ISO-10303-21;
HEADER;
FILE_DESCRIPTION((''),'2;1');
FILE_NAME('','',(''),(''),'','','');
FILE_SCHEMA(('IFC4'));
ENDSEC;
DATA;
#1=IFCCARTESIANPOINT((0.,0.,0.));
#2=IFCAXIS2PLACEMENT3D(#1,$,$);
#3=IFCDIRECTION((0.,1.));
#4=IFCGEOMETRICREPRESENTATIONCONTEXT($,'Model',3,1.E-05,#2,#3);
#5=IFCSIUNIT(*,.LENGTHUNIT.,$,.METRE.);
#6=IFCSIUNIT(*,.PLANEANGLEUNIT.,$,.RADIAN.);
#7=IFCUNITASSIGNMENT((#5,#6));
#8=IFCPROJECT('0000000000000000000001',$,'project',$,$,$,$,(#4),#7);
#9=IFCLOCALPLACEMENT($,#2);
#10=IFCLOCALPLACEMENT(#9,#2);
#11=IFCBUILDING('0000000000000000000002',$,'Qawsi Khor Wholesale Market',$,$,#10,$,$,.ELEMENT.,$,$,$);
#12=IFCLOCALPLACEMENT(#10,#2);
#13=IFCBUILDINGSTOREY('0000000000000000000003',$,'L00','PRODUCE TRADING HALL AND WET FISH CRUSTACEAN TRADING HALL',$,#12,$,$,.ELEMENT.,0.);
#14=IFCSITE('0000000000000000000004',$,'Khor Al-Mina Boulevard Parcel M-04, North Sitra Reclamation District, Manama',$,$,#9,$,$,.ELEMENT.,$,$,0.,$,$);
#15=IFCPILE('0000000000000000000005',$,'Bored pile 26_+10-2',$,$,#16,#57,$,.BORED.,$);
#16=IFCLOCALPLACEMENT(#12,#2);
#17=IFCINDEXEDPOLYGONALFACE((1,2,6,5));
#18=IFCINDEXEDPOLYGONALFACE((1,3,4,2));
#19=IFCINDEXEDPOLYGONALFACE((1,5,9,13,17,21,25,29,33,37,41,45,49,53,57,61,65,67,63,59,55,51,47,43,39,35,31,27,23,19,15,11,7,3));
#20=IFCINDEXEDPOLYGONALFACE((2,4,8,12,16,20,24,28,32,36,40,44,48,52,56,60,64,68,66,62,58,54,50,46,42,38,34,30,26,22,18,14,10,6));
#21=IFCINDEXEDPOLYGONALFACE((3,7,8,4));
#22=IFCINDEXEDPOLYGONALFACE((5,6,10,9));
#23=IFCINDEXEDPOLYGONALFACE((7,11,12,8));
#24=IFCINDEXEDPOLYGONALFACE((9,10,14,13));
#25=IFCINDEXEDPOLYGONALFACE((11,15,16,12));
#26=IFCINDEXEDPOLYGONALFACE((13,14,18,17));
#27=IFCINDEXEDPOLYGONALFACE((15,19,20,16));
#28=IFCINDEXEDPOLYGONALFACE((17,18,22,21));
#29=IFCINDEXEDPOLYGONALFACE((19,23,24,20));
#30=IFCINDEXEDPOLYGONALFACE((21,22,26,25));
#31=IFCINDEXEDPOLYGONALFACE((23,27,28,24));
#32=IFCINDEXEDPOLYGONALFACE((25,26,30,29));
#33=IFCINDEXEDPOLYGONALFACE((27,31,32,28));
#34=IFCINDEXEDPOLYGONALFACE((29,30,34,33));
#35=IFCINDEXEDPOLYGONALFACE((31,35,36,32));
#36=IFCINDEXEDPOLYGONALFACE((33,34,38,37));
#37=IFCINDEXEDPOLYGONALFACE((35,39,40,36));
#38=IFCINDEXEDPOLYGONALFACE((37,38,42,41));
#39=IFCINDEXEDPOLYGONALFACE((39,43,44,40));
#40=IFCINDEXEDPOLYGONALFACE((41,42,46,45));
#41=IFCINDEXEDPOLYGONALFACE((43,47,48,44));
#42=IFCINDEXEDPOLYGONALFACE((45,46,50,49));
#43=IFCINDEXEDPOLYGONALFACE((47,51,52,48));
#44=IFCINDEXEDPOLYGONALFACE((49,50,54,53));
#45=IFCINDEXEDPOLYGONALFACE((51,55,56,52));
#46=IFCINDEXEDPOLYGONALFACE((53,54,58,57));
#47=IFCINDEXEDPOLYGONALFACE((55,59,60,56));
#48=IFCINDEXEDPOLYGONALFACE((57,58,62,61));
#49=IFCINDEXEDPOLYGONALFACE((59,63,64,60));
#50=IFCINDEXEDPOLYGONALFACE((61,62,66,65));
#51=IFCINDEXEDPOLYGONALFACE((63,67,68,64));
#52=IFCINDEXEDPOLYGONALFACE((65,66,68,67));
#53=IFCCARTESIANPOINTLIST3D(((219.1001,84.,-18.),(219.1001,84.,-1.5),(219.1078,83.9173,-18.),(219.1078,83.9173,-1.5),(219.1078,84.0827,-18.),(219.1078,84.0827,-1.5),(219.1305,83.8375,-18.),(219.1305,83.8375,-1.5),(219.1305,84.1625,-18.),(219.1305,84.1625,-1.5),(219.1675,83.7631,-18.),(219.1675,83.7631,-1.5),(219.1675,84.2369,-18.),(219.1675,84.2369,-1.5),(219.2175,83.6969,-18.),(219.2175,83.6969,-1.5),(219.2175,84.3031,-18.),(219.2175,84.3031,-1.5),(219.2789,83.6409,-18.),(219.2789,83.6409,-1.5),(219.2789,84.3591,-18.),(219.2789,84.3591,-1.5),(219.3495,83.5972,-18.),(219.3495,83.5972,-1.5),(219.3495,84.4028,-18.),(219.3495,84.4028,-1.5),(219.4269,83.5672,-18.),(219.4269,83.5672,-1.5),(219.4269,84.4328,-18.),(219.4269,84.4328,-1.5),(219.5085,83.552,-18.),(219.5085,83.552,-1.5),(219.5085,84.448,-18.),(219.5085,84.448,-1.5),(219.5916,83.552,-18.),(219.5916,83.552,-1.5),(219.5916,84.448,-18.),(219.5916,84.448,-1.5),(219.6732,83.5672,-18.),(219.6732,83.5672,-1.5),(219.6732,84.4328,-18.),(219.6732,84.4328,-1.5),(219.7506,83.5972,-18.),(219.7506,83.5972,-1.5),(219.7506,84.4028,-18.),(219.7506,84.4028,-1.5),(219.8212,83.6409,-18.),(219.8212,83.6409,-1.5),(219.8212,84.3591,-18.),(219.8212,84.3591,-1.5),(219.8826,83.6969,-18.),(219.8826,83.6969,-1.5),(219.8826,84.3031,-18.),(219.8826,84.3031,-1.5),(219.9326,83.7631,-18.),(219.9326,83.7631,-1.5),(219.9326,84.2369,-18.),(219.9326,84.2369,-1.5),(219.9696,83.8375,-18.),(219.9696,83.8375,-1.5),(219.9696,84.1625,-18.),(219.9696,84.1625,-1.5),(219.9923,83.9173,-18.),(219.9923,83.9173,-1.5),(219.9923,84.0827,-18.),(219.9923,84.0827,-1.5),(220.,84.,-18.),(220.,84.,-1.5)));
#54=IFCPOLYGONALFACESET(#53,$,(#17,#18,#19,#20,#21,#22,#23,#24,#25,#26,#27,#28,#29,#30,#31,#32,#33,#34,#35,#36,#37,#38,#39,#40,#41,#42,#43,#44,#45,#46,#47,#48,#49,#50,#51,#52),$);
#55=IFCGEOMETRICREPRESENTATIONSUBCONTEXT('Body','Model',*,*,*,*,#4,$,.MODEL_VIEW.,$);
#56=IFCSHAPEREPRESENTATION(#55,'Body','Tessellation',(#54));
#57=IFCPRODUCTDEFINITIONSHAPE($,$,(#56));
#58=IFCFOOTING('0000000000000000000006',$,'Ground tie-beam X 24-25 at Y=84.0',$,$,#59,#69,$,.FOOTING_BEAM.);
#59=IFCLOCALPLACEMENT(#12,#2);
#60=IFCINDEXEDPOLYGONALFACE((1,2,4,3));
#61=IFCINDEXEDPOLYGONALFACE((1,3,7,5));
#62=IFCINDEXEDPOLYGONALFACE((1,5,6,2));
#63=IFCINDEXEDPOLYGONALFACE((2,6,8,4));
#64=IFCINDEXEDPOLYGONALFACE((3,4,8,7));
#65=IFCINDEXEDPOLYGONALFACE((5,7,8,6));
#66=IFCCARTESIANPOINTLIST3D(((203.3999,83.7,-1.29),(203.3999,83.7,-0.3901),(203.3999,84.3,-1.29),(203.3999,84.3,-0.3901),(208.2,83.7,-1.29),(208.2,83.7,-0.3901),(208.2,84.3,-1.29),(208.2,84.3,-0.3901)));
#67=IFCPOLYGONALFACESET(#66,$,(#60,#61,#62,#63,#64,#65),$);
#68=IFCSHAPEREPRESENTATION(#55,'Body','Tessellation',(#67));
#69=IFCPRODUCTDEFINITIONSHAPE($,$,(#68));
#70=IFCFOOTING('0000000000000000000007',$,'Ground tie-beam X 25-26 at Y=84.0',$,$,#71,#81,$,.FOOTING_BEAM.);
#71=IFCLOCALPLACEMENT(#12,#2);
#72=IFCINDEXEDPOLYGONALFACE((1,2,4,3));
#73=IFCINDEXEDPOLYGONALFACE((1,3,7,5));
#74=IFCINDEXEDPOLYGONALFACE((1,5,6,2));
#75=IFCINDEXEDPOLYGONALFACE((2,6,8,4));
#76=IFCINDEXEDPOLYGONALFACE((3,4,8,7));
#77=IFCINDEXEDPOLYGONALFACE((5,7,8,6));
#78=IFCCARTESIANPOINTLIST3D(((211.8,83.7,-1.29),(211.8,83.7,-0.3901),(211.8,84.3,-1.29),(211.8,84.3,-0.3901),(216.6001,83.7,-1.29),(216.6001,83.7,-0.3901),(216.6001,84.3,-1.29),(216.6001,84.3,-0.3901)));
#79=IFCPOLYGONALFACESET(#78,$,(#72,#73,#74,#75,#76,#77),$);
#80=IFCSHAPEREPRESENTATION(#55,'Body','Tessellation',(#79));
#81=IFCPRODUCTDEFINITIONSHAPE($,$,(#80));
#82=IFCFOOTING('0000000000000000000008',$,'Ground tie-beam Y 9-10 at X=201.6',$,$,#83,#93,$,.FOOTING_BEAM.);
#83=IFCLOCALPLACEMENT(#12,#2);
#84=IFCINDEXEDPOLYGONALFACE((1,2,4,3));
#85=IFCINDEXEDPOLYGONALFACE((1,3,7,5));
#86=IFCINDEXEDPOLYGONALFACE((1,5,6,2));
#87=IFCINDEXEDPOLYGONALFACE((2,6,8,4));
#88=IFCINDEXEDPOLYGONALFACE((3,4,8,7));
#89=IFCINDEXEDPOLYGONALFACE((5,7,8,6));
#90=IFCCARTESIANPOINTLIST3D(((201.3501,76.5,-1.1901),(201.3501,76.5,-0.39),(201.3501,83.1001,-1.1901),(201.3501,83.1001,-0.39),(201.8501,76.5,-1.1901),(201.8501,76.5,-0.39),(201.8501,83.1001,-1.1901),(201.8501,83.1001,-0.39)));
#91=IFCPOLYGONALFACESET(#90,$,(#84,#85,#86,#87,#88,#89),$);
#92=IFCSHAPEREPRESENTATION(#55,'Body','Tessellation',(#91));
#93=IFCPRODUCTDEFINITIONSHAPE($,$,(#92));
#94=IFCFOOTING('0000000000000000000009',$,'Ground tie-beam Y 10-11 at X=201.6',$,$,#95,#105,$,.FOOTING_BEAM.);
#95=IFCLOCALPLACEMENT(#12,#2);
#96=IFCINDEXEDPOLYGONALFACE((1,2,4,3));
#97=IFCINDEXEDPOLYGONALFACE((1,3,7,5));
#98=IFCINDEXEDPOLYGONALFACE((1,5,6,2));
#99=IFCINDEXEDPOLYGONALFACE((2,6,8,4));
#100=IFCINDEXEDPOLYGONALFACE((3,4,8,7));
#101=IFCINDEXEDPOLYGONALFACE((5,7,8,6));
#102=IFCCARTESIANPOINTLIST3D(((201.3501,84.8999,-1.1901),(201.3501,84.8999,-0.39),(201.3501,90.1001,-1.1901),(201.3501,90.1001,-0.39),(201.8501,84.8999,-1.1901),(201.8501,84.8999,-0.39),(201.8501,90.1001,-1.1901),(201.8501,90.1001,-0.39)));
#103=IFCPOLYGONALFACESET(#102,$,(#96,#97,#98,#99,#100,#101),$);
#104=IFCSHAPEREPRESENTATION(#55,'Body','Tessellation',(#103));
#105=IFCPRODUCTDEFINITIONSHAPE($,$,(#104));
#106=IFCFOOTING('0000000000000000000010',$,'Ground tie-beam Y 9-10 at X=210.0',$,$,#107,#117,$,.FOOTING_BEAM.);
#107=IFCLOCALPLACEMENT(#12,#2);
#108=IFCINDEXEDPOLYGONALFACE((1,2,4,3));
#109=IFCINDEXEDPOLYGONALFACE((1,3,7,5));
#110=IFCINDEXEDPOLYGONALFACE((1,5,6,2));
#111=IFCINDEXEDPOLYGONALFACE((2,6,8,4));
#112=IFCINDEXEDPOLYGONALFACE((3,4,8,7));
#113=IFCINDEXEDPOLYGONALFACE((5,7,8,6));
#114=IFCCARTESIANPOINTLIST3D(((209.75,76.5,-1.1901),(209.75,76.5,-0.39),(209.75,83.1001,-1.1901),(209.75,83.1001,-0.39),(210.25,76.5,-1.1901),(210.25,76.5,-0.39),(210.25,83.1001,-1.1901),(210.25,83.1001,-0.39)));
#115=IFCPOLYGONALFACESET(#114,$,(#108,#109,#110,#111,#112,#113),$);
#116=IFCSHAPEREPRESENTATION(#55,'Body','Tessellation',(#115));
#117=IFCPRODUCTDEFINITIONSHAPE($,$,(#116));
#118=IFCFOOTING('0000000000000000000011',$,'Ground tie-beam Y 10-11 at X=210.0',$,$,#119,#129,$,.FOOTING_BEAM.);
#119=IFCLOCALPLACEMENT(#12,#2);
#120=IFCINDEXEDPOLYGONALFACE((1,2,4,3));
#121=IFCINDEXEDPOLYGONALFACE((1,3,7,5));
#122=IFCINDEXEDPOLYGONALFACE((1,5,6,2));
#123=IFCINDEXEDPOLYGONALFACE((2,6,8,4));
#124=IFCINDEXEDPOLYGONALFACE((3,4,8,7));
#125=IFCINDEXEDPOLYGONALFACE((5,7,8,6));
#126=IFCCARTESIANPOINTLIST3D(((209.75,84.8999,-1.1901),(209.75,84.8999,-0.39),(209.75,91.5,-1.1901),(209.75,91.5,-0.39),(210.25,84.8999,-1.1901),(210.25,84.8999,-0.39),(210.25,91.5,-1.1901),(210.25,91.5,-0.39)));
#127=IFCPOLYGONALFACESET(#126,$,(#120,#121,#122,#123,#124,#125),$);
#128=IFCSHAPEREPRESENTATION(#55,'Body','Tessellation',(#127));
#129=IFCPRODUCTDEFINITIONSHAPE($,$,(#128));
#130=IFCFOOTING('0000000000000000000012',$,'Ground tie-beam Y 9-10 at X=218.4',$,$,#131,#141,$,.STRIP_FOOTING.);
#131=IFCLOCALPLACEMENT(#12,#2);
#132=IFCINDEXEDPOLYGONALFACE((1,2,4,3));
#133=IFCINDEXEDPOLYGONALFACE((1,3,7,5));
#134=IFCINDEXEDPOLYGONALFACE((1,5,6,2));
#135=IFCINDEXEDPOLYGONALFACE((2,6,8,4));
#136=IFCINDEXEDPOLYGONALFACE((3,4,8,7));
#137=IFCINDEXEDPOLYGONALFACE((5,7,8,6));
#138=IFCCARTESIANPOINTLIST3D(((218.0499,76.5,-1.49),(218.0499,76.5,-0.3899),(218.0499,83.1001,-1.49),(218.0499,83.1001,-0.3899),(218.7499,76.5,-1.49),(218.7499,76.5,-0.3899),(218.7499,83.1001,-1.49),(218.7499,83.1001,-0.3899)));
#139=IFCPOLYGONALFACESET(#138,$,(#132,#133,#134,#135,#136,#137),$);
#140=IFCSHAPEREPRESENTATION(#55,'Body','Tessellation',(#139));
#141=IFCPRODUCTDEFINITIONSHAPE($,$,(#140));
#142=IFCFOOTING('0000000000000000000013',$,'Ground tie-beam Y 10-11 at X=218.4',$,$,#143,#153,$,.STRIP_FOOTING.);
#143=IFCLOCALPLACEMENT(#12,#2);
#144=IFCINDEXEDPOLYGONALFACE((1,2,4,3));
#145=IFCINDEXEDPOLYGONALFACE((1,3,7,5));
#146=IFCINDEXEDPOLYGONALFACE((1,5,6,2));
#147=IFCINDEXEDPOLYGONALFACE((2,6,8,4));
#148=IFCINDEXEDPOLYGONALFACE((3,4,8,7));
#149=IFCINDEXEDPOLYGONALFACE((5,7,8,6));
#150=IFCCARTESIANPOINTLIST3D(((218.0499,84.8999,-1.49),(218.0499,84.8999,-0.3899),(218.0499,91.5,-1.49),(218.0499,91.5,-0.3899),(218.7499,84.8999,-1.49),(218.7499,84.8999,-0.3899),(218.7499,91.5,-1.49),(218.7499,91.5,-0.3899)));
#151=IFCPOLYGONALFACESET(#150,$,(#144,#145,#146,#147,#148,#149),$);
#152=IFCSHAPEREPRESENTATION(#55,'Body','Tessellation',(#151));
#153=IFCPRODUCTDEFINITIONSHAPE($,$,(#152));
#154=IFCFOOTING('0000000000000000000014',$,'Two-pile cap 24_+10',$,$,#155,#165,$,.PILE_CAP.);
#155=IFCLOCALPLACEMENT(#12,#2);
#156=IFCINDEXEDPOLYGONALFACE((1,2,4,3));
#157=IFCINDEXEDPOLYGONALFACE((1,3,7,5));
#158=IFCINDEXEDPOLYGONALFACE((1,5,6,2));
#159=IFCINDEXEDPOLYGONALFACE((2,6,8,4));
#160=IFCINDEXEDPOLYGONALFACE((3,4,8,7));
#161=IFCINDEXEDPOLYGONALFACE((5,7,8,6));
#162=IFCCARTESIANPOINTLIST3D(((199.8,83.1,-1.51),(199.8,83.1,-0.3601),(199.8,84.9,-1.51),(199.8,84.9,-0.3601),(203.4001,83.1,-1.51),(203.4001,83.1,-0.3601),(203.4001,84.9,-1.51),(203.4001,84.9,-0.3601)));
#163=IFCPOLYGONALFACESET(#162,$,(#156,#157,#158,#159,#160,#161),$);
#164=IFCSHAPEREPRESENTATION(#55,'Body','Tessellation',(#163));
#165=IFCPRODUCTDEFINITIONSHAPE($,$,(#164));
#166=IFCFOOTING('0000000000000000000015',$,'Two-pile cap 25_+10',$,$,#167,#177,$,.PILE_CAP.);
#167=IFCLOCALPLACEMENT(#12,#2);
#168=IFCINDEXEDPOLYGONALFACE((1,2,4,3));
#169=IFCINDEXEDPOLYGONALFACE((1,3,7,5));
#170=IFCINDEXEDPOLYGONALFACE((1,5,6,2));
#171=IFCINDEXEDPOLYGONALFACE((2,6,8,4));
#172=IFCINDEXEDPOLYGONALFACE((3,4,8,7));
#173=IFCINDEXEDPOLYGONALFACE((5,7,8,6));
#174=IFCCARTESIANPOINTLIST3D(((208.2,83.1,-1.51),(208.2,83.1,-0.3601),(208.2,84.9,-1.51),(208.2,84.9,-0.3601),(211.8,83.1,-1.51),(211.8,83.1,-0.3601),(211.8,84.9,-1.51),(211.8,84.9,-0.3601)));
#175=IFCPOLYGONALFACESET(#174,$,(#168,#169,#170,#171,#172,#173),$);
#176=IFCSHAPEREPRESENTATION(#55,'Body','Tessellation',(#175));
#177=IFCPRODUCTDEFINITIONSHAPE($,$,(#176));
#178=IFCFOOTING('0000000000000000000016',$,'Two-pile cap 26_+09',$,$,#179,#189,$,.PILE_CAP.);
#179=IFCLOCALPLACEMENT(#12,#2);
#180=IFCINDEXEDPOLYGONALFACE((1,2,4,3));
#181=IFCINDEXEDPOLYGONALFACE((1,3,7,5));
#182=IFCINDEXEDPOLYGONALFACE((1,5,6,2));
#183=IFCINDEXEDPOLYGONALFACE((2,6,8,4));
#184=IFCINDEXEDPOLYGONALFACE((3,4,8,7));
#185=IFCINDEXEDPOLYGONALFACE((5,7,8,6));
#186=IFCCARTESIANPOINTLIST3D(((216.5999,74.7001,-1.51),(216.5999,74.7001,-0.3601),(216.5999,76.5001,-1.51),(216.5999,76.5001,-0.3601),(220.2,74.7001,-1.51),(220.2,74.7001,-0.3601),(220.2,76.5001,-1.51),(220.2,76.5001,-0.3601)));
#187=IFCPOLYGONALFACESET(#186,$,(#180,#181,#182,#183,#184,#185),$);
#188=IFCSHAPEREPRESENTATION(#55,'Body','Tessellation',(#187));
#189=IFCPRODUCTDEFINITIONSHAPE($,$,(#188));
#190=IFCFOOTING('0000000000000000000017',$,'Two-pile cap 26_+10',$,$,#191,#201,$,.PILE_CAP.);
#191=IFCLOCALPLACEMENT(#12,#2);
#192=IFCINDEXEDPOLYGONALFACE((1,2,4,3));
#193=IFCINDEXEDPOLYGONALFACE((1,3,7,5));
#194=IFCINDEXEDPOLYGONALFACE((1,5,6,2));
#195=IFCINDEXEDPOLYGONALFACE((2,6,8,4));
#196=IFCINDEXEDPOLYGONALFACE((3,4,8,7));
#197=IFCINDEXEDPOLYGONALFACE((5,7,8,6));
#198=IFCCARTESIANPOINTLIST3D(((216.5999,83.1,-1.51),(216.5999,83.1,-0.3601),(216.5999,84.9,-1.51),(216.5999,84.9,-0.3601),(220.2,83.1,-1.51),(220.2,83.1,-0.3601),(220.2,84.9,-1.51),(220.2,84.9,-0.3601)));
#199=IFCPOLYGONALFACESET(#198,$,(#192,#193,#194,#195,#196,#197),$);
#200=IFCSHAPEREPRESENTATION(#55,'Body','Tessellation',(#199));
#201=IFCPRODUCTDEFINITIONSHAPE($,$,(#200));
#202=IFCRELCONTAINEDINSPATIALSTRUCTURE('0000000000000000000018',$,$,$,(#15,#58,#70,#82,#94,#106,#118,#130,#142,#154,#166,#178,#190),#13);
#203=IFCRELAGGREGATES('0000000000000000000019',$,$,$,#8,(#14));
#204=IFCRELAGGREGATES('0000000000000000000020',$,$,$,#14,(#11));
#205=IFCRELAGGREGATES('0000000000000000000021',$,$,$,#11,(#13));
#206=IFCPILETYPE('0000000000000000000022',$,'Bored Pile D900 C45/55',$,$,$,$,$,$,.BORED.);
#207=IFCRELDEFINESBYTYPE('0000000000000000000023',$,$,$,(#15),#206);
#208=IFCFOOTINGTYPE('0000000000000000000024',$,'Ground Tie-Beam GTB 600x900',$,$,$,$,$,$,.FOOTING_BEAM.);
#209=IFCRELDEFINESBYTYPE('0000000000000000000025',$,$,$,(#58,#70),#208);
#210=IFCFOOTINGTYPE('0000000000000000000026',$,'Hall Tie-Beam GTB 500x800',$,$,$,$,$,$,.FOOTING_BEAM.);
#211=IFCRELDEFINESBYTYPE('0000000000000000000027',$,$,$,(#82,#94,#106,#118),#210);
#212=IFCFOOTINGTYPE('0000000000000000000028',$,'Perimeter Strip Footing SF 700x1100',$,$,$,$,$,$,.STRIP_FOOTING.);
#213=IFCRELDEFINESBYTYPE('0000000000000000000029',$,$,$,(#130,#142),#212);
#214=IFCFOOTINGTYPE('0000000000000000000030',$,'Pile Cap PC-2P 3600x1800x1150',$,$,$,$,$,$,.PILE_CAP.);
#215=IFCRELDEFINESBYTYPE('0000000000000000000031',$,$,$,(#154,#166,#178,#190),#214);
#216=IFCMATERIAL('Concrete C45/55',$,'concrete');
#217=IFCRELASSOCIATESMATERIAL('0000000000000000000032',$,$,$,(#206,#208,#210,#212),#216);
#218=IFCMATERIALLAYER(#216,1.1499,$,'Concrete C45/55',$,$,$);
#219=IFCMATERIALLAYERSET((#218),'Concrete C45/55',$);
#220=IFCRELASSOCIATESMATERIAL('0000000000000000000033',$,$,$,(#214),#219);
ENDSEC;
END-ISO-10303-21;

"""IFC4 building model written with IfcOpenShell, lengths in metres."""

from ifc_helpers import new_model, si_unit, direction, frame, origin, origin_2d, place, context, subcontext, project, spatial, rectangle, circle, extrude, material, layer, layer_set, material_profile, profile_set, type_object, element, save


model = new_model("IFC4")

# Units and contexts
model_context = context("Model", 3, precision=1e-05, world=origin(), true_north=direction((0.0, 1.0)))
body_context = subcontext(model_context, "Body", "Model", "MODEL_VIEW")
ifc_project = project(units=[si_unit("LENGTHUNIT", "METRE"), si_unit("PLANEANGLEUNIT", "RADIAN")], contexts=[model_context])

# Site, building, storey
site_placement = place(None, origin())
site = spatial("IfcSite", under=ifc_project, at=site_placement, Name="Khor Al-Mina Boulevard Parcel M-04, North Sitra Reclamation District, Manama", CompositionType="ELEMENT", RefElevation=0.0)
building_placement = place(site_placement, origin())
building = spatial("IfcBuilding", under=site, at=building_placement, Name="Qawsi Khor Wholesale Market", CompositionType="ELEMENT")
storey_placement = place(building_placement, origin())
storey = spatial("IfcBuildingStorey", under=building, at=storey_placement, Name="L00", Description="PRODUCE TRADING HALL AND WET FISH CRUSTACEAN TRADING HALL", CompositionType="ELEMENT", Elevation=0.0)

# Pile
ifc_material_1 = material(Name="Concrete C45/55", Category="concrete")
ifc_material_profile_1 = material_profile(ifc_material_1, circle(Radius=0.45, at=origin_2d()), Name="PILE D900")
ifc_profile_set_1 = profile_set([ifc_material_profile_1], Name="Concrete C45/55")
pile_type_1 = type_object("IfcPileType", Name="Bored Pile D900 C45/55", PredefinedType="BORED", material=ifc_profile_set_1)
for number, where, z_axis, x_axis, name in (
    (1, (219.55, 84.0, -1.5), (0.0, 0.0, -1.0), (1.0, 0.0, 0.0), "Bored pile 26_+10-2"),
):
    element("IfcPile", number, at=place(storey_placement, frame(where, z_axis=z_axis, x_axis=x_axis)), inside=storey, type_object=pile_type_1, Name=name, PredefinedType="BORED", context=body_context, shape_type="SweptSolid", body=[
        extrude(circle(Radius=0.45, at=origin_2d()), origin(), (0.0, 0.0, 1.0), 16.5),
    ])

# Footings
ifc_material_profile_2 = material_profile(ifc_material_1, rectangle(XDim=0.6001, YDim=0.8999, at=origin_2d()), Name="RC 600x900")
ifc_profile_set_2 = profile_set([ifc_material_profile_2], Name="Concrete C45/55")
footing_type_1 = type_object("IfcFootingType", Name="Ground Tie-Beam GTB 600x900", PredefinedType="FOOTING_BEAM", material=ifc_profile_set_2)
for number, where, z_axis, x_axis, name in (
    (2, (203.3999, 84.0, -0.8401), (1.0, 0.0, 0.0), (0.0, 1.0, 0.0), "Ground tie-beam X 24-25 at Y=84.0"),
    (3, (211.8, 84.0, -0.8401), (1.0, 0.0, 0.0), (0.0, 1.0, 0.0), "Ground tie-beam X 25-26 at Y=84.0"),
):
    element("IfcFooting", number, at=place(storey_placement, frame(where, z_axis=z_axis, x_axis=x_axis)), inside=storey, type_object=footing_type_1, Name=name, PredefinedType="FOOTING_BEAM", context=body_context, shape_type="SweptSolid", body=[
        extrude(rectangle(XDim=0.6001, YDim=0.8999, at=origin_2d()), origin(), (0.0, 0.0, 1.0), 4.8),
    ])
ifc_material_profile_3 = material_profile(ifc_material_1, rectangle(XDim=0.5, YDim=0.8, at=origin_2d()), Name="RC 500x800")
ifc_profile_set_3 = profile_set([ifc_material_profile_3], Name="Concrete C45/55")
footing_type_2 = type_object("IfcFootingType", Name="Hall Tie-Beam GTB 500x800", PredefinedType="FOOTING_BEAM", material=ifc_profile_set_3)
footing_1_placement = place(storey_placement, frame((201.6001, 76.5, -0.79), z_axis=(0.0, 1.0, 0.0), x_axis=(-1.0, 0.0, 0.0)))
element("IfcFooting", 4, at=footing_1_placement, inside=storey, type_object=footing_type_2, Name="Ground tie-beam Y 9-10 at X=201.6", PredefinedType="FOOTING_BEAM", context=body_context, shape_type="SweptSolid", body=[
    extrude(rectangle(XDim=0.5, YDim=0.8, at=origin_2d()), origin(), (0.0, 0.0, 1.0), 6.6001),
])
footing_2_placement = place(storey_placement, frame((201.6001, 84.8999, -0.79), z_axis=(0.0, 1.0, 0.0), x_axis=(-1.0, 0.0, 0.0)))
element("IfcFooting", 5, at=footing_2_placement, inside=storey, type_object=footing_type_2, Name="Ground tie-beam Y 10-11 at X=201.6", PredefinedType="FOOTING_BEAM", context=body_context, shape_type="SweptSolid", body=[
    extrude(rectangle(XDim=0.5, YDim=0.8, at=origin_2d()), origin(), (0.0, 0.0, 1.0), 5.2002),
])
for number, where, z_axis, x_axis, name in (
    (6, (210.0, 76.5, -0.79), (0.0, 1.0, 0.0), (-1.0, 0.0, 0.0), "Ground tie-beam Y 9-10 at X=210.0"),
    (7, (210.0, 84.8999, -0.79), (0.0, 1.0, 0.0), (-1.0, 0.0, 0.0), "Ground tie-beam Y 10-11 at X=210.0"),
):
    element("IfcFooting", number, at=place(storey_placement, frame(where, z_axis=z_axis, x_axis=x_axis)), inside=storey, type_object=footing_type_2, Name=name, PredefinedType="FOOTING_BEAM", context=body_context, shape_type="SweptSolid", body=[
        extrude(rectangle(XDim=0.5, YDim=0.8, at=origin_2d()), origin(), (0.0, 0.0, 1.0), 6.6001),
    ])
ifc_material_profile_4 = material_profile(ifc_material_1, rectangle(XDim=0.7, YDim=1.1001, at=origin_2d()), Name="RC 700x1100")
ifc_profile_set_4 = profile_set([ifc_material_profile_4], Name="Concrete C45/55")
footing_type_3 = type_object("IfcFootingType", Name="Perimeter Strip Footing SF 700x1100", PredefinedType="STRIP_FOOTING", material=ifc_profile_set_4)
for number, where, z_axis, x_axis, name in (
    (8, (218.3999, 76.5, -0.9399), (0.0, 1.0, 0.0), (-1.0, 0.0, 0.0), "Ground tie-beam Y 9-10 at X=218.4"),
    (9, (218.3999, 84.8999, -0.9399), (0.0, 1.0, 0.0), (-1.0, 0.0, 0.0), "Ground tie-beam Y 10-11 at X=218.4"),
):
    element("IfcFooting", number, at=place(storey_placement, frame(where, z_axis=z_axis, x_axis=x_axis)), inside=storey, type_object=footing_type_3, Name=name, PredefinedType="STRIP_FOOTING", context=body_context, shape_type="SweptSolid", body=[
        extrude(rectangle(XDim=0.7, YDim=1.1001, at=origin_2d()), origin(), (0.0, 0.0, 1.0), 6.6001),
    ])
ifc_layer_1 = layer(ifc_material_1, 1.1499, Name="Concrete C45/55")
ifc_layer_set_1 = layer_set([ifc_layer_1], Name="Concrete C45/55")
footing_type_4 = type_object("IfcFootingType", Name="Pile Cap PC-2P 3600x1800x1150", PredefinedType="PILE_CAP", material=ifc_layer_set_1)
for number, where, z_axis, x_axis, name in (
    (10, (201.6001, 84.0, -1.51), (0.0, 0.0, 1.0), (1.0, 0.0, 0.0), "Two-pile cap 24_+10"),
    (11, (210.0, 84.0, -1.51), (0.0, 0.0, 1.0), (1.0, 0.0, 0.0), "Two-pile cap 25_+10"),
    (12, (218.3999, 75.6001, -1.51), (0.0, 0.0, 1.0), (1.0, 0.0, 0.0), "Two-pile cap 26_+09"),
    (13, (218.3999, 84.0, -1.51), (0.0, 0.0, 1.0), (1.0, 0.0, 0.0), "Two-pile cap 26_+10"),
):
    element("IfcFooting", number, at=place(storey_placement, frame(where, z_axis=z_axis, x_axis=x_axis)), inside=storey, type_object=footing_type_4, Name=name, PredefinedType="PILE_CAP", context=body_context, shape_type="SweptSolid", body=[
        extrude(rectangle(XDim=3.6001, YDim=1.8, at=origin_2d()), origin(), (0.0, 0.0, 1.0), 1.1499),
    ])

save(model, "model.ifc")
